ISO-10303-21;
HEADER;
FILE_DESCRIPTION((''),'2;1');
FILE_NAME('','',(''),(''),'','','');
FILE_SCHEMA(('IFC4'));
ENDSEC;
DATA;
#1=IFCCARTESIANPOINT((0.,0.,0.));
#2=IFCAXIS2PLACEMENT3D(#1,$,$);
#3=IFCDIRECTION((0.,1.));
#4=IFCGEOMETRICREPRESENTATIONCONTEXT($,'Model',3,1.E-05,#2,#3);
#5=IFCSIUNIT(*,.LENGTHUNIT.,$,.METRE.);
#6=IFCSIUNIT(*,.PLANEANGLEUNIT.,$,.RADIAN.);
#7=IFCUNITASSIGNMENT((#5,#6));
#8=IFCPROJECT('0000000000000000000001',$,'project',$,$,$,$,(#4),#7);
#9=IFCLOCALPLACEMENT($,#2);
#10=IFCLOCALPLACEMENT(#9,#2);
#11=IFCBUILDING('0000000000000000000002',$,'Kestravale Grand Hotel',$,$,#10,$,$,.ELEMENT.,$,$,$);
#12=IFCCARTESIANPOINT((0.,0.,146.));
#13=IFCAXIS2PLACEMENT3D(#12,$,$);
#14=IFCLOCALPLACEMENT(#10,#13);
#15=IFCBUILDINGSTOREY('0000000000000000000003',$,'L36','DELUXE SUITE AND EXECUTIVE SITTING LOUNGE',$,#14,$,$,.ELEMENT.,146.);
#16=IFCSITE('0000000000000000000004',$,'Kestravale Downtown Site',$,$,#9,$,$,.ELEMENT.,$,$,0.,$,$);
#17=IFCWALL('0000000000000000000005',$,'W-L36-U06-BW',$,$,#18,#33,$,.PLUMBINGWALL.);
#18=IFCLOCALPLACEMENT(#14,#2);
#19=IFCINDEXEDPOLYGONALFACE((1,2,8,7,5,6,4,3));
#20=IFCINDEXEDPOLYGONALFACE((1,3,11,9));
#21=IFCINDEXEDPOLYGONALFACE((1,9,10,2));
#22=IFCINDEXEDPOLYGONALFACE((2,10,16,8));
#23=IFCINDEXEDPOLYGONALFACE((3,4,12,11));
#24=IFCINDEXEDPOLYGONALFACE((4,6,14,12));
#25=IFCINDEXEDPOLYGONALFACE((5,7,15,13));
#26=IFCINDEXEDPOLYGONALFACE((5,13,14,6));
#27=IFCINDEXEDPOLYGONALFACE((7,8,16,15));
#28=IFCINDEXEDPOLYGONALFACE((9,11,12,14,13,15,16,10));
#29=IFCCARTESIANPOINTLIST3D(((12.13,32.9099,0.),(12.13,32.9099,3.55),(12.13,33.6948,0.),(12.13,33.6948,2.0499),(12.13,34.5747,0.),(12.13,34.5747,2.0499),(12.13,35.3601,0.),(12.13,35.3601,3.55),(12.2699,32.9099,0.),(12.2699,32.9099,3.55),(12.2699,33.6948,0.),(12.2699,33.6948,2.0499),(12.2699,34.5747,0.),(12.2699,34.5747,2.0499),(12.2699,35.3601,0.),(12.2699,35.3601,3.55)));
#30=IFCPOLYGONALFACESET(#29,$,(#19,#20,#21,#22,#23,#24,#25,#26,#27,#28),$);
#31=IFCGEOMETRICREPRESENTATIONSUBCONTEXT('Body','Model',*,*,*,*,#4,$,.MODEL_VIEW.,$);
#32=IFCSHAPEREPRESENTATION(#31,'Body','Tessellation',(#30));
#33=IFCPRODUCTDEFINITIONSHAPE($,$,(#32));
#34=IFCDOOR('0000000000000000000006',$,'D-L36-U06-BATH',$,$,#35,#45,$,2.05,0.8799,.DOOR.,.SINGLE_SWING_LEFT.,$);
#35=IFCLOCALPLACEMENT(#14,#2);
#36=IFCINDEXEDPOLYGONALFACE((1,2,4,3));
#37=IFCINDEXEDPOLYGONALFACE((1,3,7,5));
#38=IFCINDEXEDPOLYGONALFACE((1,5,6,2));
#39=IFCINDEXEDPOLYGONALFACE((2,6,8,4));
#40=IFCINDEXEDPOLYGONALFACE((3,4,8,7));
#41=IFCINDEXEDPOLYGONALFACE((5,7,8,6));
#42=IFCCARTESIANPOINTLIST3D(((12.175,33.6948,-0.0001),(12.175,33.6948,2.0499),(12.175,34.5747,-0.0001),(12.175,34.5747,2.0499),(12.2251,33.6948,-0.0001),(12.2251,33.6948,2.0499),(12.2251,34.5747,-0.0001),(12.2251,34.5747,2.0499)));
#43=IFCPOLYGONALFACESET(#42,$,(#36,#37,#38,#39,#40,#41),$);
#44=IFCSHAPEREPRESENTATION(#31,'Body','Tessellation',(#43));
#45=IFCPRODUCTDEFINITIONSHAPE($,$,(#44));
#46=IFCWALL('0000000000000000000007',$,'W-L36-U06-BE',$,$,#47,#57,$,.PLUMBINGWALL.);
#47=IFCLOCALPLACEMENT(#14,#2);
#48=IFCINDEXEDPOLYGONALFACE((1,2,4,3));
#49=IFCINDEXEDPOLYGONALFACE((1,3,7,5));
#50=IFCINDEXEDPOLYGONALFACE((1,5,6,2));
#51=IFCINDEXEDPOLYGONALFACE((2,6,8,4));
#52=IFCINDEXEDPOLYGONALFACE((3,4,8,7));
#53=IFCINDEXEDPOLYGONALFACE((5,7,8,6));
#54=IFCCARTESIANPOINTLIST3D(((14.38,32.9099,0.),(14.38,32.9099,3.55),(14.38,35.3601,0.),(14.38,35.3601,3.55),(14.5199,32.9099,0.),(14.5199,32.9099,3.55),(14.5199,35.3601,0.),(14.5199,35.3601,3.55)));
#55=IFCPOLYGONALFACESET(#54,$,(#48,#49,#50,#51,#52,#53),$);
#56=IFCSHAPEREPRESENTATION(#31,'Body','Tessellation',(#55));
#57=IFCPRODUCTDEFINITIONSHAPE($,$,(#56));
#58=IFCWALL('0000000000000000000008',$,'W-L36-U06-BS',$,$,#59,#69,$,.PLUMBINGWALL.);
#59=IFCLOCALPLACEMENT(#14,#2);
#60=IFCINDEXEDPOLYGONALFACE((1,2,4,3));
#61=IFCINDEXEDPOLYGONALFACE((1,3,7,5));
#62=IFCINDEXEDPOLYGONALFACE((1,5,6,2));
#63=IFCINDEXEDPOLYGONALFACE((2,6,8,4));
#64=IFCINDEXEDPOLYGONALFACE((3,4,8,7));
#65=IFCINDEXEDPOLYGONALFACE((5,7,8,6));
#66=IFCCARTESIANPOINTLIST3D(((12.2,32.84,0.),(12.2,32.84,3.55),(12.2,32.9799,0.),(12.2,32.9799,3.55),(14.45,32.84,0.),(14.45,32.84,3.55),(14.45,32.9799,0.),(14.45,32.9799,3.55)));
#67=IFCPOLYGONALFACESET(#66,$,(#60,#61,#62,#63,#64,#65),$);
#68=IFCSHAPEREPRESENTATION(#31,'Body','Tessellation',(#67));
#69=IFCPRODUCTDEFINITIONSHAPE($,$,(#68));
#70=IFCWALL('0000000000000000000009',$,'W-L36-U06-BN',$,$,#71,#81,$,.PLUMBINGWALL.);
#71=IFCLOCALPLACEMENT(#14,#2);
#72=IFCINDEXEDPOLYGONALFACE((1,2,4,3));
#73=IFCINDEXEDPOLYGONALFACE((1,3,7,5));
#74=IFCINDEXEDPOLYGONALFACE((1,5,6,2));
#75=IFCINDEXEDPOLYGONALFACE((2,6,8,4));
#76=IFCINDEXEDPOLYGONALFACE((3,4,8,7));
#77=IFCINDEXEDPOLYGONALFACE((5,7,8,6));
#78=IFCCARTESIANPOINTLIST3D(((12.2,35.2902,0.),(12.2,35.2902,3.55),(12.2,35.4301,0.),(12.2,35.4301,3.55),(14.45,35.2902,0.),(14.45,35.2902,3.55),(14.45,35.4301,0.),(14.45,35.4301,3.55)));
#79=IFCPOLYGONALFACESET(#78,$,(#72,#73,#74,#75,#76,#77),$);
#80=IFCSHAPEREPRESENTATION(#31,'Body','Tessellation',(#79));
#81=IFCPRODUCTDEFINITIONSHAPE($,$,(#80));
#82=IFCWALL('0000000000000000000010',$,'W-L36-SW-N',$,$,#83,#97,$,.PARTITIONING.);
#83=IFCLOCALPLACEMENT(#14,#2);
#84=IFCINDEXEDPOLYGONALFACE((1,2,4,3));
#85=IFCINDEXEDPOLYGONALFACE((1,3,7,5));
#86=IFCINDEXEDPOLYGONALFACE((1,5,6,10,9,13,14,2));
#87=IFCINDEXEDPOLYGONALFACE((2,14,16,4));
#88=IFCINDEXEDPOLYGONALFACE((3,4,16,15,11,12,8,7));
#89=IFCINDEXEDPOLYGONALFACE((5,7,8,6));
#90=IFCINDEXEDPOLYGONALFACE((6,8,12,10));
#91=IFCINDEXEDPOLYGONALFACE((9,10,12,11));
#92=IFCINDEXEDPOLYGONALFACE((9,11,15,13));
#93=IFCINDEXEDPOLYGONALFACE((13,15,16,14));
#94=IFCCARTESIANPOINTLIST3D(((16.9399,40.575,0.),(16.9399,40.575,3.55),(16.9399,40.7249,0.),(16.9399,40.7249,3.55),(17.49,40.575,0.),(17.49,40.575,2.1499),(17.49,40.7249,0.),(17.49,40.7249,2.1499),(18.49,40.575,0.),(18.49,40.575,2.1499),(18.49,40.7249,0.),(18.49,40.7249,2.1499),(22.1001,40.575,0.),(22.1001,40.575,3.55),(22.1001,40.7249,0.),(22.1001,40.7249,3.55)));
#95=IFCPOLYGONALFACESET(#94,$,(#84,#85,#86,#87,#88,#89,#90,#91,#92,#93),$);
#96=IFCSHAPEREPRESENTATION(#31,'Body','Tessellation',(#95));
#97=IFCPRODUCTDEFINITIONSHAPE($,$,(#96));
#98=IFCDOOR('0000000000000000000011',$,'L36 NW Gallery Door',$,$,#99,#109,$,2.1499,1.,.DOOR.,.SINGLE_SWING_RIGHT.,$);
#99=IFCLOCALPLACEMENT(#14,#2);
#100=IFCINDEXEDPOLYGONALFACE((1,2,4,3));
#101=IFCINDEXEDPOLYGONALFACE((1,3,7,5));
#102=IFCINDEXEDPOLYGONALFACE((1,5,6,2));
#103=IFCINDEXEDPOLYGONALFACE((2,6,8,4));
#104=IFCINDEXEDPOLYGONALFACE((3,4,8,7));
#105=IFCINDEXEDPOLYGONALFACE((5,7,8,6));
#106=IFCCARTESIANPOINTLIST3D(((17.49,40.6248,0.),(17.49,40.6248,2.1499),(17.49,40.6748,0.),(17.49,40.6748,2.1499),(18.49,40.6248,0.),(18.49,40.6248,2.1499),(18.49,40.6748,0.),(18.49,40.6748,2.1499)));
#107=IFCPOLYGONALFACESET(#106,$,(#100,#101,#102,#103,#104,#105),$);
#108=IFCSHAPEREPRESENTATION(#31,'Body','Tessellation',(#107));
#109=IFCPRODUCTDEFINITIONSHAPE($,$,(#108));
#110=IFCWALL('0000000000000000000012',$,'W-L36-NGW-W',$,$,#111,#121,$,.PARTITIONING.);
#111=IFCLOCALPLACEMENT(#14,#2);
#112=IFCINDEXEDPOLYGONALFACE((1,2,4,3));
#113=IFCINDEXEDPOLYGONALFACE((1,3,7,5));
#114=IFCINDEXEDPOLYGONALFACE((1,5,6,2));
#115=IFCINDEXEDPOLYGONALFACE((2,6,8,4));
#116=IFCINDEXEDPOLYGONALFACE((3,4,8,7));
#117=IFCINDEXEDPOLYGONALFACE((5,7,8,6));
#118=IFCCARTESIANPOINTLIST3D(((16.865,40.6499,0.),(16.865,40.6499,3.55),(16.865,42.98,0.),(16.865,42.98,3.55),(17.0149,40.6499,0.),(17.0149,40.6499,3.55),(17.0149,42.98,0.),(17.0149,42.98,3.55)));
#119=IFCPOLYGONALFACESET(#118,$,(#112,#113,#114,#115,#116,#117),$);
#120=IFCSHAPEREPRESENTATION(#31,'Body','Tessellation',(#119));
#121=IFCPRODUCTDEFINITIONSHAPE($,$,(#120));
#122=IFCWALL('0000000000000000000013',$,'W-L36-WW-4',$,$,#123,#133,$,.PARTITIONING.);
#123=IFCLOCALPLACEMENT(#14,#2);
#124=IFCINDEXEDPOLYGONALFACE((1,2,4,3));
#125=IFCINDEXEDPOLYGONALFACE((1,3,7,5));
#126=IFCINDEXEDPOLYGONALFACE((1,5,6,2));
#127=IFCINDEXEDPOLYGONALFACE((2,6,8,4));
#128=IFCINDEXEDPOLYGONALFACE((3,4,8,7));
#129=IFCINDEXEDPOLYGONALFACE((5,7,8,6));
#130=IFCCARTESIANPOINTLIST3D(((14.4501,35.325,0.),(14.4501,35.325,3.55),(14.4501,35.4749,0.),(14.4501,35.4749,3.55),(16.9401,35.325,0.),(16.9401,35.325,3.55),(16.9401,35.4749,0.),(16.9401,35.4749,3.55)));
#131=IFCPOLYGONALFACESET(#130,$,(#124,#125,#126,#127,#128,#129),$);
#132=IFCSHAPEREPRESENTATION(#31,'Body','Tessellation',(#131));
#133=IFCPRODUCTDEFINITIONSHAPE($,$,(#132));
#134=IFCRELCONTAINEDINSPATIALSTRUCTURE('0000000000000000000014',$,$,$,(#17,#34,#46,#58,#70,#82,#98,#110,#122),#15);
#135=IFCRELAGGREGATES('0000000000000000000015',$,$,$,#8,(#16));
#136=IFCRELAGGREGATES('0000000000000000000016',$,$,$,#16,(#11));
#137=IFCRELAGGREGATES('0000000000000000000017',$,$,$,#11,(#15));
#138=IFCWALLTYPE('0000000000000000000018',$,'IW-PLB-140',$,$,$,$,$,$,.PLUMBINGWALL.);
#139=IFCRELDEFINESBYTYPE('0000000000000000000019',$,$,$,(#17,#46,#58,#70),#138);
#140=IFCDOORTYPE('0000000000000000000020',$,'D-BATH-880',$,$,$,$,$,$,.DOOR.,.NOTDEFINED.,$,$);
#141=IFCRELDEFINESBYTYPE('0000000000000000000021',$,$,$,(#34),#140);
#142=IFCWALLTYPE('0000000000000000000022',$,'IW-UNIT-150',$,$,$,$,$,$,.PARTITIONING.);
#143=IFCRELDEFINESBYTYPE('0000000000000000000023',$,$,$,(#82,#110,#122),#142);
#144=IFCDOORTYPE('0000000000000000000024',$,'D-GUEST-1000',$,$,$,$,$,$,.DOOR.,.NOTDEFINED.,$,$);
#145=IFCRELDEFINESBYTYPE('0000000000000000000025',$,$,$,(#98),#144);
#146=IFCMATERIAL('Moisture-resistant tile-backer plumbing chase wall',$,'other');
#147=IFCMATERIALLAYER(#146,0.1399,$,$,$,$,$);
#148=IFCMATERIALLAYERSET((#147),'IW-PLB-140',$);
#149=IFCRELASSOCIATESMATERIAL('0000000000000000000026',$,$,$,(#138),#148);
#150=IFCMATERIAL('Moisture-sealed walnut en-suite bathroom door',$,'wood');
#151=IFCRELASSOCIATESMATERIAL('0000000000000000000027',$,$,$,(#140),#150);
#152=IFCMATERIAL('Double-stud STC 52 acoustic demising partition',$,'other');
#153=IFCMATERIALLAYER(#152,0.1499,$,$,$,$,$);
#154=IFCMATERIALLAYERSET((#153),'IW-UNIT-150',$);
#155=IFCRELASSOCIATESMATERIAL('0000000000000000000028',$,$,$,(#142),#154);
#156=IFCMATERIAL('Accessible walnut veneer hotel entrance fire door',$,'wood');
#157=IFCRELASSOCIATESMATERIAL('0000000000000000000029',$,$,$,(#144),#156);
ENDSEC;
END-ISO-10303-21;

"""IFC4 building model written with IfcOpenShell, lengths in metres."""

from ifc_helpers import new_model, si_unit, direction, frame, frame_2d, origin, place, context, subcontext, project, spatial, rectangle, extrude, material, layer, layer_set, type_object, element, fill, save


model = new_model("IFC4")

# Units and contexts
model_context = context("Model", 3, precision=1e-05, world=origin(), true_north=direction((0.0, 1.0)))
body_context = subcontext(model_context, "Body", "Model", "MODEL_VIEW")
ifc_project = project(units=[si_unit("LENGTHUNIT", "METRE"), si_unit("PLANEANGLEUNIT", "RADIAN")], contexts=[model_context])

# Site, building, storey
site_placement = place(None, origin())
site = spatial("IfcSite", under=ifc_project, at=site_placement, Name="Kestravale Downtown Site", CompositionType="ELEMENT", RefElevation=0.0)
building_placement = place(site_placement, origin())
building = spatial("IfcBuilding", under=site, at=building_placement, Name="Kestravale Grand Hotel", CompositionType="ELEMENT")
storey_placement = place(building_placement, frame((0.0, 0.0, 146.0)))
storey = spatial("IfcBuildingStorey", under=building, at=storey_placement, Name="L36", Description="DELUXE SUITE AND EXECUTIVE SITTING LOUNGE", CompositionType="ELEMENT", Elevation=146.0)

# Wall, opening, door
ifc_material_1 = material(Name="Moisture-resistant tile-backer plumbing chase wall", Category="other")
ifc_layer_1 = layer(ifc_material_1, 0.1399)
ifc_layer_set_1 = layer_set([ifc_layer_1], Name="IW-PLB-140")
wall_type_1 = type_object("IfcWallType", Name="IW-PLB-140", PredefinedType="PLUMBINGWALL", material=ifc_layer_set_1)
wall_1_placement = place(storey_placement, frame((12.2, 32.9099, 0.0), z_axis=(0.0, 0.0, 1.0), x_axis=(0.0, 1.0, 0.0)))
wall_1 = element("IfcWall", 1, at=wall_1_placement, inside=storey, type_object=wall_type_1, Name="W-L36-U06-BW", PredefinedType="PLUMBINGWALL", context=body_context, shape_type="SweptSolid", body=[
    extrude(rectangle(XDim=2.4502, YDim=0.1399, at=frame_2d((1.2251, 0.0))), origin(), (0.0, 0.0, 1.0), 3.55),
])
opening_1_placement = place(wall_1_placement, frame((0.7849, 0.0, 0.0)))
opening_1 = element("IfcOpeningElement", 2, at=opening_1_placement, cuts=wall_1, PredefinedType="OPENING", context=body_context, shape_type="SweptSolid", body=[
    extrude(rectangle(XDim=0.8799, YDim=2.05, at=frame_2d((0.4399, 1.0249))), frame((0.0, 0.0798, 0.0), z_axis=(0.0, -1.0, 0.0), x_axis=(1.0, 0.0, 0.0)), (0.0, 0.0, 1.0), 0.1599),
])
ifc_material_2 = material(Name="Moisture-sealed walnut en-suite bathroom door", Category="wood")
door_type_1 = type_object("IfcDoorType", Name="D-BATH-880", OperationType="NOTDEFINED", PredefinedType="DOOR", material=ifc_material_2)
door_1_placement = place(opening_1_placement, origin())
door_1 = element("IfcDoor", 3, at=door_1_placement, inside=storey, type_object=door_type_1, Name="D-L36-U06-BATH", OperationType="SINGLE_SWING_LEFT", OverallHeight=2.05, OverallWidth=0.8799, PredefinedType="DOOR", context=body_context, shape_type="SweptSolid", body=[
    extrude(rectangle(XDim=0.8799, YDim=2.05, at=frame_2d((0.4399, 1.0249))), frame((0.0, 0.0249, 0.0), z_axis=(0.0, -1.0, 0.0), x_axis=(1.0, 0.0, 0.0)), (0.0, 0.0, 1.0), 0.05),
])
fill(opening_1, door_1)

# Walls
wall_2_placement = place(storey_placement, frame((14.45, 32.9099, 0.0), z_axis=(0.0, 0.0, 1.0), x_axis=(0.0, 1.0, 0.0)))
element("IfcWall", 4, at=wall_2_placement, inside=storey, type_object=wall_type_1, Name="W-L36-U06-BE", PredefinedType="PLUMBINGWALL", context=body_context, shape_type="SweptSolid", body=[
    extrude(rectangle(XDim=2.4502, YDim=0.1399, at=frame_2d((1.2251, 0.0))), origin(), (0.0, 0.0, 1.0), 3.55),
])
for number, where, z_axis, x_axis, name in (
    (5, (12.2, 32.9099, 0.0), (0.0, 0.0, 1.0), (1.0, 0.0, 0.0), "W-L36-U06-BS"),
    (6, (12.2, 35.3601, 0.0), (0.0, 0.0, 1.0), (1.0, 0.0, 0.0), "W-L36-U06-BN"),
):
    element("IfcWall", number, at=place(storey_placement, frame(where, z_axis=z_axis, x_axis=x_axis)), inside=storey, type_object=wall_type_1, Name=name, PredefinedType="PLUMBINGWALL", context=body_context, shape_type="SweptSolid", body=[
        extrude(rectangle(XDim=2.25, YDim=0.1399, at=frame_2d((1.125, 0.0))), origin(), (0.0, 0.0, 1.0), 3.55),
    ])

# Wall, opening, door
ifc_material_3 = material(Name="Double-stud STC 52 acoustic demising partition", Category="other")
ifc_layer_2 = layer(ifc_material_3, 0.1499)
ifc_layer_set_2 = layer_set([ifc_layer_2], Name="IW-UNIT-150")
wall_type_2 = type_object("IfcWallType", Name="IW-UNIT-150", PredefinedType="PARTITIONING", material=ifc_layer_set_2)
wall_3_placement = place(storey_placement, frame((16.9399, 40.6499, 0.0), z_axis=(0.0, 0.0, 1.0), x_axis=(1.0, 0.0, 0.0)))
wall_3 = element("IfcWall", 7, at=wall_3_placement, inside=storey, type_object=wall_type_2, Name="W-L36-SW-N", PredefinedType="PARTITIONING", context=body_context, shape_type="SweptSolid", body=[
    extrude(rectangle(XDim=5.1602, YDim=0.1499, at=frame_2d((2.5801, 0.0))), origin(), (0.0, 0.0, 1.0), 3.55),
])
opening_2_placement = place(wall_3_placement, frame((0.55, 0.0, 0.0)))
opening_2 = element("IfcOpeningElement", 8, at=opening_2_placement, cuts=wall_3, PredefinedType="OPENING", context=body_context, shape_type="SweptSolid", body=[
    extrude(rectangle(XDim=1.0, YDim=2.1499, at=frame_2d((0.5, 1.075))), frame((0.0, 0.085, 0.0), z_axis=(0.0, -1.0, 0.0), x_axis=(1.0, 0.0, 0.0)), (0.0, 0.0, 1.0), 0.1699),
])
ifc_material_4 = material(Name="Accessible walnut veneer hotel entrance fire door", Category="wood")
door_type_2 = type_object("IfcDoorType", Name="D-GUEST-1000", OperationType="NOTDEFINED", PredefinedType="DOOR", material=ifc_material_4)
door_2_placement = place(opening_2_placement, origin())
door_2 = element("IfcDoor", 9, at=door_2_placement, inside=storey, type_object=door_type_2, Name="L36 NW Gallery Door", OperationType="SINGLE_SWING_RIGHT", OverallHeight=2.1499, OverallWidth=1.0, PredefinedType="DOOR", context=body_context, shape_type="SweptSolid", body=[
    extrude(rectangle(XDim=1.0, YDim=2.1499, at=frame_2d((0.5, 1.075))), frame((0.0, 0.0249, 0.0), z_axis=(0.0, -1.0, 0.0), x_axis=(1.0, 0.0, 0.0)), (0.0, 0.0, 1.0), 0.05),
])
fill(opening_2, door_2)

# Walls
wall_4_placement = place(storey_placement, frame((16.9399, 40.6499, 0.0), z_axis=(0.0, 0.0, 1.0), x_axis=(0.0, 1.0, 0.0)))
element("IfcWall", 10, at=wall_4_placement, inside=storey, type_object=wall_type_2, Name="W-L36-NGW-W", PredefinedType="PARTITIONING", context=body_context, shape_type="SweptSolid", body=[
    extrude(rectangle(XDim=2.3301, YDim=0.1499, at=frame_2d((1.165, 0.0))), origin(), (0.0, 0.0, 1.0), 3.55),
])
wall_5_placement = place(storey_placement, frame((14.45, 35.3999, 0.0), z_axis=(0.0, 0.0, 1.0), x_axis=(1.0, 0.0, 0.0)))
element("IfcWall", 11, at=wall_5_placement, inside=storey, type_object=wall_type_2, Name="W-L36-WW-4", PredefinedType="PARTITIONING", context=body_context, shape_type="SweptSolid", body=[
    extrude(rectangle(XDim=2.49, YDim=0.1499, at=frame_2d((1.2451, 0.0))), origin(), (0.0, 0.0, 1.0), 3.55),
])

save(model, "model.ifc")
